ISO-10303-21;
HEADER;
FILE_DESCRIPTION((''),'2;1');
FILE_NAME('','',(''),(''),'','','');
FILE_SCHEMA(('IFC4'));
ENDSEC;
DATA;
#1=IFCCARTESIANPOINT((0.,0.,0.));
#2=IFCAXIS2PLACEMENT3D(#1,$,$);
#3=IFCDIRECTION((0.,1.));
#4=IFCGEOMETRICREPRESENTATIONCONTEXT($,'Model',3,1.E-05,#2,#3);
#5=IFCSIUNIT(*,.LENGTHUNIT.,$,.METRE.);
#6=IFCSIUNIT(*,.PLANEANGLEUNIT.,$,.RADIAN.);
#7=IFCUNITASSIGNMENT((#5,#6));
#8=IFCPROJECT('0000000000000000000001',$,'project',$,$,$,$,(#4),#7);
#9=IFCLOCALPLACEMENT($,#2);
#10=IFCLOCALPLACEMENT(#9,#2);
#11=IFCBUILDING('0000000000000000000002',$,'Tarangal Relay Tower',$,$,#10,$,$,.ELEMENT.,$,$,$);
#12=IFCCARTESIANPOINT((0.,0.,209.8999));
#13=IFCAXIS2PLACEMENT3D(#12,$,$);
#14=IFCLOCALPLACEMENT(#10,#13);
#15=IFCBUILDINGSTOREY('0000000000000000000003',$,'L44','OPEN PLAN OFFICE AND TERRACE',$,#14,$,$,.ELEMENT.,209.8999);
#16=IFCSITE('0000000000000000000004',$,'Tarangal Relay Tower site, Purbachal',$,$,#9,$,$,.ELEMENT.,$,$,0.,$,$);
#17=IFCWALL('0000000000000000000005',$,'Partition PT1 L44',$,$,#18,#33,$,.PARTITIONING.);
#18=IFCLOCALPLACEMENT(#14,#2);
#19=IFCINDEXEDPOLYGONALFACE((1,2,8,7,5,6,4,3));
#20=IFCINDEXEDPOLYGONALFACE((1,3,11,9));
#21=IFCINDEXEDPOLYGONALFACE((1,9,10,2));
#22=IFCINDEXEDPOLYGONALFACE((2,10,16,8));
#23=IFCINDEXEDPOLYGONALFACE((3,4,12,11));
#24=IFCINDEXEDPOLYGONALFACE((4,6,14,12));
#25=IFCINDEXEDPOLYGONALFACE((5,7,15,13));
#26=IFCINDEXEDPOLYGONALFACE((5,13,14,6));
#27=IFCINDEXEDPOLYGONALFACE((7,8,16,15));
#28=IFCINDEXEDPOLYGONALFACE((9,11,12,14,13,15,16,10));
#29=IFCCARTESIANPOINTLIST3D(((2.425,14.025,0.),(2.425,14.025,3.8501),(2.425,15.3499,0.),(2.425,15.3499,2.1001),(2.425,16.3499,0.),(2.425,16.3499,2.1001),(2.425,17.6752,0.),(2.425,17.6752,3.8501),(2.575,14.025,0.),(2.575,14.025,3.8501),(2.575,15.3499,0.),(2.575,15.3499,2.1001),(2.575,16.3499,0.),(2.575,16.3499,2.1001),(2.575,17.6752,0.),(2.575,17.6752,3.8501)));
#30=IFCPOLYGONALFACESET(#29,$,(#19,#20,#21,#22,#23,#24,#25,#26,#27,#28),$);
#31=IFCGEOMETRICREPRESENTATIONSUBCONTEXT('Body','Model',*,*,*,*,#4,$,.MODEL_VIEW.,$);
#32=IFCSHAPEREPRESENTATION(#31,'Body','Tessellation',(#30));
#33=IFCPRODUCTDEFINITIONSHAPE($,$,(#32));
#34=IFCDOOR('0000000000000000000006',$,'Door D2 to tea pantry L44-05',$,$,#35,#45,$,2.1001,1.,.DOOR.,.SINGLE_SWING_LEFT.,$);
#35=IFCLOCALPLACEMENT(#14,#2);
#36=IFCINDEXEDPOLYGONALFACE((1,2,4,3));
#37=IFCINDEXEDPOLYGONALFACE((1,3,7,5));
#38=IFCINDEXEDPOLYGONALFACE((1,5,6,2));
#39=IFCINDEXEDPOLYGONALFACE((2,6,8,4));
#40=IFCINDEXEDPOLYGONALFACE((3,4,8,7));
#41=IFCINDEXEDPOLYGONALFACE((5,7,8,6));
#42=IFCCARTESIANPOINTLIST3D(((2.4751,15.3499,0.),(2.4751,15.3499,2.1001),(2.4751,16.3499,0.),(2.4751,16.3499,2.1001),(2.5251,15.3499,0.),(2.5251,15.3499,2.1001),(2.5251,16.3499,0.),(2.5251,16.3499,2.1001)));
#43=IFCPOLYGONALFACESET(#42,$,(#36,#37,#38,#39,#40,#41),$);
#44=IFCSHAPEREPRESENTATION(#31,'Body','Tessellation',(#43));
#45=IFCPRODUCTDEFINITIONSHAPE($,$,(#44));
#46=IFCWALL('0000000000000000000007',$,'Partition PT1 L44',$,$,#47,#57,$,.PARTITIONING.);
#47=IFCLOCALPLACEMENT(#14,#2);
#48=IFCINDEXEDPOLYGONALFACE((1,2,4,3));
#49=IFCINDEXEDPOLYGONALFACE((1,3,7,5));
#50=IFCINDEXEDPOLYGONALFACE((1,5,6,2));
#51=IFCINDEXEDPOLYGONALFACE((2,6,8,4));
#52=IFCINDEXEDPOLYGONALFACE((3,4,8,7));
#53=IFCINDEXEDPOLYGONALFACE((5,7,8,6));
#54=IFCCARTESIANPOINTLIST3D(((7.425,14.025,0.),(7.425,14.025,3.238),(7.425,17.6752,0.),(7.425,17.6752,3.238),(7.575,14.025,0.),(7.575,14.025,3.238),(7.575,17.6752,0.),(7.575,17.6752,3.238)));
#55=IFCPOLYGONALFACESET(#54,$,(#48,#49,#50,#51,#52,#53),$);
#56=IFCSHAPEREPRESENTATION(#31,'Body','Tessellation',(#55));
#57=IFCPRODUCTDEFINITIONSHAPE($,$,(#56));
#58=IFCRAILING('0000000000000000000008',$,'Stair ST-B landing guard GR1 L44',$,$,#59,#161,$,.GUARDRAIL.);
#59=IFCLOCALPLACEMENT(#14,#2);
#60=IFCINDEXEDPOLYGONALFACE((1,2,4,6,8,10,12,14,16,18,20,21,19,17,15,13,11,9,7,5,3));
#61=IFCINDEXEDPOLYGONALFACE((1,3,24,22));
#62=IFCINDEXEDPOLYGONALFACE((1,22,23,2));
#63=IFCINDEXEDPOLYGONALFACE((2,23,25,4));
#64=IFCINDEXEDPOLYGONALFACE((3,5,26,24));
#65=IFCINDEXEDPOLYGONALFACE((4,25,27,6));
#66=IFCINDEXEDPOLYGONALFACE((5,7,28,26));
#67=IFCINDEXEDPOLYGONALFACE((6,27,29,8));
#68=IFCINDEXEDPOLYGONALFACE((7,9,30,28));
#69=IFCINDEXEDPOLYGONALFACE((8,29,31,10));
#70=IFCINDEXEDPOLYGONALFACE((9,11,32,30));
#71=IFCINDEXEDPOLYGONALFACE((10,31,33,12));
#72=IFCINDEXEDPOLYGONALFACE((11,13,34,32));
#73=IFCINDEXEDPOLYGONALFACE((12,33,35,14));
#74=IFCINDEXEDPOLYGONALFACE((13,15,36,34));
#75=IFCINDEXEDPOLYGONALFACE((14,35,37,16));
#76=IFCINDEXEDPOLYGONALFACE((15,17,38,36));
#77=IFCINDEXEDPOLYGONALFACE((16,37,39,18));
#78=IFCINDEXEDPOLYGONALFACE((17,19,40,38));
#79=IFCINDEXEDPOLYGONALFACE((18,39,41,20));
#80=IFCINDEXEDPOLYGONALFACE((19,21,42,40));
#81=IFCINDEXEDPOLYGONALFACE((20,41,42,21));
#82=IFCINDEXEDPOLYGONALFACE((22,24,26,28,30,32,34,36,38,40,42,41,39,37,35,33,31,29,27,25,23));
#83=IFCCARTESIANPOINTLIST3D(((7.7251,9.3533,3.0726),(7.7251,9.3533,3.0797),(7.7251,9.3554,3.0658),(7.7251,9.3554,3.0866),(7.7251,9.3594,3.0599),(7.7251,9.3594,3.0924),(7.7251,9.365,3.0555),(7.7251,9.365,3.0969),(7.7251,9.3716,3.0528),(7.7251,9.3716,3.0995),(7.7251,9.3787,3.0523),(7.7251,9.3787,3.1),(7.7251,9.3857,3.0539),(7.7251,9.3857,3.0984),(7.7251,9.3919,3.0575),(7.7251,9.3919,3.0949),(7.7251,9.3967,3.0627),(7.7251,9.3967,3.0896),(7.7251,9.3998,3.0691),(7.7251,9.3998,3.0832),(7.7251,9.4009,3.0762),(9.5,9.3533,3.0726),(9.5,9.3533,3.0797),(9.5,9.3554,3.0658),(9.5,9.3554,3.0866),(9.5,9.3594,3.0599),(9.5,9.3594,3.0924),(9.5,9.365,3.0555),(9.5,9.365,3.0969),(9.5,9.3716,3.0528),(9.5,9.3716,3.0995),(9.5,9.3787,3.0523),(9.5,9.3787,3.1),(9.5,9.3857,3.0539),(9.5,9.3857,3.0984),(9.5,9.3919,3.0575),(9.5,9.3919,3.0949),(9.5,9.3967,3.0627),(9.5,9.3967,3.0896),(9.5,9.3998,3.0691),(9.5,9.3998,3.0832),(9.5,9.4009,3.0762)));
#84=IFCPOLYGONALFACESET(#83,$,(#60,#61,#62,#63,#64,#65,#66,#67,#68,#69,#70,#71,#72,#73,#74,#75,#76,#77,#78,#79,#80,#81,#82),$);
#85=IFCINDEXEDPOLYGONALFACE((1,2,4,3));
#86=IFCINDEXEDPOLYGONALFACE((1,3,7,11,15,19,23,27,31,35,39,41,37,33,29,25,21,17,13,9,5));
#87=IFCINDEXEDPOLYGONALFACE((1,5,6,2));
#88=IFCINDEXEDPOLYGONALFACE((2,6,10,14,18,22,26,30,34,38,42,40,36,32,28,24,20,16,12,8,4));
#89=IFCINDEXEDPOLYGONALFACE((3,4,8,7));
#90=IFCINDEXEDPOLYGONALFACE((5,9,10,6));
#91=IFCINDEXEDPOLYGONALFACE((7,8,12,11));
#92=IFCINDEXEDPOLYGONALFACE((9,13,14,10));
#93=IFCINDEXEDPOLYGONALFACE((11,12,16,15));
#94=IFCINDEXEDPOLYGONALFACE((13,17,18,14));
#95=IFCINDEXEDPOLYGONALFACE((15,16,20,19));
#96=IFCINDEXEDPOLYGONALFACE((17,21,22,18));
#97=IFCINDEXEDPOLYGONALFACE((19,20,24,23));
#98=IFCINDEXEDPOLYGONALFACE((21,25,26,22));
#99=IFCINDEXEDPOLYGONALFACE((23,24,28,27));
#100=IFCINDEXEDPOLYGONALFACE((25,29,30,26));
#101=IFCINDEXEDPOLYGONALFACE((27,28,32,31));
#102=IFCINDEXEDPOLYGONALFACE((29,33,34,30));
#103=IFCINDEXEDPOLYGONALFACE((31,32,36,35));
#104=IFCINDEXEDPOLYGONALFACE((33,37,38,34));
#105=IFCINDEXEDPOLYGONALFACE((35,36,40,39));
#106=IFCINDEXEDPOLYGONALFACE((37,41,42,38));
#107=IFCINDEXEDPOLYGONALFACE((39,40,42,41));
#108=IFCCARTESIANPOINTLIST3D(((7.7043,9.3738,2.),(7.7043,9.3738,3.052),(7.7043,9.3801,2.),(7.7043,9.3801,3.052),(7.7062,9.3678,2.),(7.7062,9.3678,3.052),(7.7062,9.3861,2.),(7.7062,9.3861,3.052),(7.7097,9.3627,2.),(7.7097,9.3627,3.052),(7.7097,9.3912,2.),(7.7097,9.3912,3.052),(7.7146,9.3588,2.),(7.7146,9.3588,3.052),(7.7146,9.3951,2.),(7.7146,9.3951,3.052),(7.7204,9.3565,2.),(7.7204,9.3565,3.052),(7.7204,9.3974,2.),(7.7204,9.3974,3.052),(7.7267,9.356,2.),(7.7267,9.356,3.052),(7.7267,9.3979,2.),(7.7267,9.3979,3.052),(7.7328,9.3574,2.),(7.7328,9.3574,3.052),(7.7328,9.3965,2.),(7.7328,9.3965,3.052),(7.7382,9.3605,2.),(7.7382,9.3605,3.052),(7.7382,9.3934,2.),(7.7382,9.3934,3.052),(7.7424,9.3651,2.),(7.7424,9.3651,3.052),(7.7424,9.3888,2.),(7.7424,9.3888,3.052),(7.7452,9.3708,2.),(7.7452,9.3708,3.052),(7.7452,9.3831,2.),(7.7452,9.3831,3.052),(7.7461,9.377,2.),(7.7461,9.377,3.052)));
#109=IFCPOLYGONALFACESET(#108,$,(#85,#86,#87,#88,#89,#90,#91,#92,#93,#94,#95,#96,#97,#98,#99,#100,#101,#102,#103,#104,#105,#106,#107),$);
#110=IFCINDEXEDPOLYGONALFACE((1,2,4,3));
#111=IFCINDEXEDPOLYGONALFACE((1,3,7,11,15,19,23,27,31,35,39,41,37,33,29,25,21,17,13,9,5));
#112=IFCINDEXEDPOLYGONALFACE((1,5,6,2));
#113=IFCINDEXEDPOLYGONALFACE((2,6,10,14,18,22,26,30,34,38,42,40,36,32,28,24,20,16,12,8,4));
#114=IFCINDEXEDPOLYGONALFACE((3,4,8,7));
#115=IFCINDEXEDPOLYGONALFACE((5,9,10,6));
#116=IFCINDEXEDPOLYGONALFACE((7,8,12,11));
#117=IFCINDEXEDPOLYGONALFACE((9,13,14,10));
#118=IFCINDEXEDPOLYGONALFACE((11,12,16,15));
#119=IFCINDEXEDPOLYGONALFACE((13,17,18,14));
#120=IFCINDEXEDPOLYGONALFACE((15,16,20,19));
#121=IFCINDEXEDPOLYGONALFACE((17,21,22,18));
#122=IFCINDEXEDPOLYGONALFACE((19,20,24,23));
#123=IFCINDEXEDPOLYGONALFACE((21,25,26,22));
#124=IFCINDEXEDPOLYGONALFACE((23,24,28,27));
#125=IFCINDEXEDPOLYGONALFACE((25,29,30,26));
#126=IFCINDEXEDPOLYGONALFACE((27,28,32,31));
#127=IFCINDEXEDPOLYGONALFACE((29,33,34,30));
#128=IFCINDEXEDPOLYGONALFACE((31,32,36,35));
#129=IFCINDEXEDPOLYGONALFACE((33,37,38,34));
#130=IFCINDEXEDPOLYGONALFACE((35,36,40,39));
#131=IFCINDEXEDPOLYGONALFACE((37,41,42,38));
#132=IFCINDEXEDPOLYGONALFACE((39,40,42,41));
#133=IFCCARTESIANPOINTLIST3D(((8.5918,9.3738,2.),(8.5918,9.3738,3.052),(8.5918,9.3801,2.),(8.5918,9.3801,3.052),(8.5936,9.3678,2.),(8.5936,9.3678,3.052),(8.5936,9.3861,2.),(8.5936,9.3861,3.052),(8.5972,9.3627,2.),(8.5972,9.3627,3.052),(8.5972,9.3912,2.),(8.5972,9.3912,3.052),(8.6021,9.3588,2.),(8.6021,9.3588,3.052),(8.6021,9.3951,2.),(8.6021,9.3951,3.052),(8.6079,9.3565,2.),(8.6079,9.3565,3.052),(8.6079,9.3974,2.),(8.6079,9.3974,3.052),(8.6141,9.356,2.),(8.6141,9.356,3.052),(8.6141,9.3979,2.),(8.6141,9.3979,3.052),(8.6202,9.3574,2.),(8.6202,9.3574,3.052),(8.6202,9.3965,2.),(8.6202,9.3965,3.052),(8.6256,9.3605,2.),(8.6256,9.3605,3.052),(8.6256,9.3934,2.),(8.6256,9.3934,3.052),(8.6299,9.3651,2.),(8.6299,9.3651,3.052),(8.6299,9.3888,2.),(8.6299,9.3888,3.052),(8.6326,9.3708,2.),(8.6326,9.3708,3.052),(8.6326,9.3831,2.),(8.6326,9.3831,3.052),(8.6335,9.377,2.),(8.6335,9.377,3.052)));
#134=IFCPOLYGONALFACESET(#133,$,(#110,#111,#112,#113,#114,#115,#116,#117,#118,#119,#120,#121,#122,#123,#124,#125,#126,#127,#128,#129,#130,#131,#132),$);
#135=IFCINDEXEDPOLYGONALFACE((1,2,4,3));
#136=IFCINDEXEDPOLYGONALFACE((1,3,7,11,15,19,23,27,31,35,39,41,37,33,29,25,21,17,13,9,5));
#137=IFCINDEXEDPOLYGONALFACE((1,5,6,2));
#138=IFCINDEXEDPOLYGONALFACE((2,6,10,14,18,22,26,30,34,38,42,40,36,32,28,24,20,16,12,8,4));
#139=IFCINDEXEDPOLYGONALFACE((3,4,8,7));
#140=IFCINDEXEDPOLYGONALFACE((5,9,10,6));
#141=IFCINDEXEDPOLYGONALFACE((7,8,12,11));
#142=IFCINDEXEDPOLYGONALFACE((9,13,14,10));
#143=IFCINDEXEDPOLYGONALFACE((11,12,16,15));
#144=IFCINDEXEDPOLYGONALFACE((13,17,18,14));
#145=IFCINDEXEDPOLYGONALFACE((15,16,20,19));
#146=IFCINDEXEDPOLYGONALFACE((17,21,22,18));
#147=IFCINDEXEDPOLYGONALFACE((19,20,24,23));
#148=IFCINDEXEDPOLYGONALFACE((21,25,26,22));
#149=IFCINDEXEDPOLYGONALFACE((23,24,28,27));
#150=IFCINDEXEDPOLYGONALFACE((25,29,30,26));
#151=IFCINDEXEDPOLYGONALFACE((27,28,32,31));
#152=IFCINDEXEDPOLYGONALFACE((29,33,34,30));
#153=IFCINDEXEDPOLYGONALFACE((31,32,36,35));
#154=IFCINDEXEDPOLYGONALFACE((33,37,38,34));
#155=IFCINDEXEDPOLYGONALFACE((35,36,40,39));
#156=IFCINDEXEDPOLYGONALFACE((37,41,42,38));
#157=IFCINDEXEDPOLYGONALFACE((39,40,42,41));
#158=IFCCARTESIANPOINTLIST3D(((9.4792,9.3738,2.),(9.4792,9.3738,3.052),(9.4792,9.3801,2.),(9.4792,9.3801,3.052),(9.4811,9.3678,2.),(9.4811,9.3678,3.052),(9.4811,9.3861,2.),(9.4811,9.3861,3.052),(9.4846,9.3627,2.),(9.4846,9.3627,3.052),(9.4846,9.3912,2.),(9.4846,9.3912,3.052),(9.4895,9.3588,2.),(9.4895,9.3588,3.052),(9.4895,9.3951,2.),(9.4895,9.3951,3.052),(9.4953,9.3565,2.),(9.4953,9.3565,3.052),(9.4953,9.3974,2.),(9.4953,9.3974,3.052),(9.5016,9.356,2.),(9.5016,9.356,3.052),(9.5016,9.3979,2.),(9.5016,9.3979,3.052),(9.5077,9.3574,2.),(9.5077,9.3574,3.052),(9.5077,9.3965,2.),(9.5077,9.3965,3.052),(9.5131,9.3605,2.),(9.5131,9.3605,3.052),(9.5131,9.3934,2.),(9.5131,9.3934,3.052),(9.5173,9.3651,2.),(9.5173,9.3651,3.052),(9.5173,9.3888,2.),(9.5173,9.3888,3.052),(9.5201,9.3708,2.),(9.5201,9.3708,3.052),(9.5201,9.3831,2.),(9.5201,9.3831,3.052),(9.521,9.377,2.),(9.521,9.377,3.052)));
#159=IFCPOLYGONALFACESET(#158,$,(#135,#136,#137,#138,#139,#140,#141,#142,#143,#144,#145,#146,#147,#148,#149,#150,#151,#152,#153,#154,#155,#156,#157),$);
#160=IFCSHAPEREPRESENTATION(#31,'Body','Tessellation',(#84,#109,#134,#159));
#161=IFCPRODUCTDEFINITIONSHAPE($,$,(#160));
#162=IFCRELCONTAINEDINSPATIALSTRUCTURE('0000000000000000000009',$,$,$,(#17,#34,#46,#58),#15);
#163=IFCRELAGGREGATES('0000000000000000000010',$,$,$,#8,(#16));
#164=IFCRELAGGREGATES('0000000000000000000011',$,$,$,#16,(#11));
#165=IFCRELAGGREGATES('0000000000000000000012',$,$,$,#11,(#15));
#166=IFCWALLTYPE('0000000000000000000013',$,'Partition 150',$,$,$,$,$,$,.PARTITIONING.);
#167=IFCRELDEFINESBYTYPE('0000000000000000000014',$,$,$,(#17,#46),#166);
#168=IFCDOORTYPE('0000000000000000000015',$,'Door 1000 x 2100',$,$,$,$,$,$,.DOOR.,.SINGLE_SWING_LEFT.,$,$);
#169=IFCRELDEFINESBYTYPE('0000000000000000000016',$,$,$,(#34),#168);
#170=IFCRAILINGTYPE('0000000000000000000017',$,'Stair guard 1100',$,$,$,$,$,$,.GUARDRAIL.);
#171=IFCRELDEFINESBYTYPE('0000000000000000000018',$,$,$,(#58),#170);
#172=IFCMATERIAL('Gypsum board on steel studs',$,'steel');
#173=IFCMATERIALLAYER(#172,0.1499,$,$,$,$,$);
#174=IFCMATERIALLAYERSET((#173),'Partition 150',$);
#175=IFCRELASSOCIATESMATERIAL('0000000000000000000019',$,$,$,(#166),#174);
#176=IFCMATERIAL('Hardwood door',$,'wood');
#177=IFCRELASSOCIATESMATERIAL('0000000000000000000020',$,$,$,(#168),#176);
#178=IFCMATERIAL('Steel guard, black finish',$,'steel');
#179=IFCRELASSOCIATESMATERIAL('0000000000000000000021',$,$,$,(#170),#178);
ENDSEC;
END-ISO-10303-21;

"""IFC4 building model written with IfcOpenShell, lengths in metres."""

from ifc_helpers import new_model, si_unit, direction, frame, frame_2d, origin, origin_2d, place, context, subcontext, project, spatial, rectangle, circle, extrude, material, layer, layer_set, type_object, element, fill, save


model = new_model("IFC4")

# Units and contexts
model_context = context("Model", 3, precision=1e-05, world=origin(), true_north=direction((0.0, 1.0)))
body_context = subcontext(model_context, "Body", "Model", "MODEL_VIEW")
ifc_project = project(units=[si_unit("LENGTHUNIT", "METRE"), si_unit("PLANEANGLEUNIT", "RADIAN")], contexts=[model_context])

# Site, building, storey
site_placement = place(None, origin())
site = spatial("IfcSite", under=ifc_project, at=site_placement, Name="Tarangal Relay Tower site, Purbachal", CompositionType="ELEMENT", RefElevation=0.0)
building_placement = place(site_placement, origin())
building = spatial("IfcBuilding", under=site, at=building_placement, Name="Tarangal Relay Tower", CompositionType="ELEMENT")
storey_placement = place(building_placement, frame((0.0, 0.0, 209.8999)))
storey = spatial("IfcBuildingStorey", under=building, at=storey_placement, Name="L44", Description="OPEN PLAN OFFICE AND TERRACE", CompositionType="ELEMENT", Elevation=209.8999)

# Wall, opening, door
ifc_material_1 = material(Name="Gypsum board on steel studs", Category="steel")
ifc_layer_1 = layer(ifc_material_1, 0.1499)
ifc_layer_set_1 = layer_set([ifc_layer_1], Name="Partition 150")
wall_type_1 = type_object("IfcWallType", Name="Partition 150", PredefinedType="PARTITIONING", material=ifc_layer_set_1)
wall_1_placement = place(storey_placement, frame((2.5, 14.0249, 0.0), z_axis=(0.0, 0.0, 1.0), x_axis=(0.0, 1.0, 0.0)))
wall_1 = element("IfcWall", 1, at=wall_1_placement, inside=storey, type_object=wall_type_1, Name="Partition PT1 L44", PredefinedType="PARTITIONING", context=body_context, shape_type="SweptSolid", body=[
    extrude(rectangle(XDim=3.6501, YDim=0.1499, at=frame_2d((1.8252, 0.0))), origin(), (0.0, 0.0, 1.0), 3.8501),
])
opening_1_placement = place(wall_1_placement, frame((1.325, 0.0, 0.0)))
opening_1 = element("IfcOpeningElement", 2, at=opening_1_placement, cuts=wall_1, PredefinedType="OPENING", context=body_context, shape_type="SweptSolid", body=[
    extrude(rectangle(XDim=1.0, YDim=2.1001, at=frame_2d((0.5, 1.05))), frame((0.0, 0.085, 0.0), z_axis=(0.0, -1.0, 0.0), x_axis=(1.0, 0.0, 0.0)), (0.0, 0.0, 1.0), 0.1699),
])
ifc_material_2 = material(Name="Hardwood door", Category="wood")
door_type_1 = type_object("IfcDoorType", Name="Door 1000 x 2100", OperationType="SINGLE_SWING_LEFT", PredefinedType="DOOR", material=ifc_material_2)
door_1_placement = place(opening_1_placement, origin())
door_1 = element("IfcDoor", 3, at=door_1_placement, inside=storey, type_object=door_type_1, Name="Door D2 to tea pantry L44-05", OperationType="SINGLE_SWING_LEFT", OverallHeight=2.1001, OverallWidth=1.0, PredefinedType="DOOR", context=body_context, shape_type="SweptSolid", body=[
    extrude(rectangle(XDim=1.0, YDim=2.1001, at=frame_2d((0.5, 1.05))), frame((0.0, 0.0249, 0.0), z_axis=(0.0, -1.0, 0.0), x_axis=(1.0, 0.0, 0.0)), (0.0, 0.0, 1.0), 0.05),
])
fill(opening_1, door_1)

# Wall
wall_2_placement = place(storey_placement, frame((7.5, 14.0249, 0.0), z_axis=(0.0, 0.0, 1.0), x_axis=(0.0, 1.0, 0.0)))
element("IfcWall", 4, at=wall_2_placement, inside=storey, type_object=wall_type_1, Name="Partition PT1 L44", PredefinedType="PARTITIONING", context=body_context, shape_type="SweptSolid", body=[
    extrude(rectangle(XDim=3.6501, YDim=0.1499, at=frame_2d((1.8252, 0.0))), origin(), (0.0, 0.0, 1.0), 3.238),
])

# Railing
ifc_material_3 = material(Name="Steel guard, black finish", Category="steel")
railing_type_1 = type_object("IfcRailingType", Name="Stair guard 1100", PredefinedType="GUARDRAIL", material=ifc_material_3)
railing_1_placement = place(storey_placement, frame((7.7251, 9.377, 2.0)))
element("IfcRailing", 5, at=railing_1_placement, inside=storey, type_object=railing_type_1, Name="Stair ST-B landing guard GR1 L44", PredefinedType="GUARDRAIL", context=body_context, shape_type="SweptSolid", body=[
    extrude(circle(Radius=0.0239, at=origin_2d()), frame((0.0, 0.0, 1.0762), z_axis=(1.0, 0.0, 0.0), x_axis=(0.0, 1.0, 0.0)), (0.0, 0.0, 1.0), 1.7749),
    extrude(circle(Radius=0.021, at=origin_2d()), origin(), (0.0, 0.0, 1.0), 1.052),
    extrude(circle(Radius=0.021, at=origin_2d()), frame((0.8875, 0.0, 0.0)), (0.0, 0.0, 1.0), 1.052),
    extrude(circle(Radius=0.021, at=origin_2d()), frame((1.7749, 0.0, 0.0)), (0.0, 0.0, 1.0), 1.052),
])

save(model, "model.ifc")
